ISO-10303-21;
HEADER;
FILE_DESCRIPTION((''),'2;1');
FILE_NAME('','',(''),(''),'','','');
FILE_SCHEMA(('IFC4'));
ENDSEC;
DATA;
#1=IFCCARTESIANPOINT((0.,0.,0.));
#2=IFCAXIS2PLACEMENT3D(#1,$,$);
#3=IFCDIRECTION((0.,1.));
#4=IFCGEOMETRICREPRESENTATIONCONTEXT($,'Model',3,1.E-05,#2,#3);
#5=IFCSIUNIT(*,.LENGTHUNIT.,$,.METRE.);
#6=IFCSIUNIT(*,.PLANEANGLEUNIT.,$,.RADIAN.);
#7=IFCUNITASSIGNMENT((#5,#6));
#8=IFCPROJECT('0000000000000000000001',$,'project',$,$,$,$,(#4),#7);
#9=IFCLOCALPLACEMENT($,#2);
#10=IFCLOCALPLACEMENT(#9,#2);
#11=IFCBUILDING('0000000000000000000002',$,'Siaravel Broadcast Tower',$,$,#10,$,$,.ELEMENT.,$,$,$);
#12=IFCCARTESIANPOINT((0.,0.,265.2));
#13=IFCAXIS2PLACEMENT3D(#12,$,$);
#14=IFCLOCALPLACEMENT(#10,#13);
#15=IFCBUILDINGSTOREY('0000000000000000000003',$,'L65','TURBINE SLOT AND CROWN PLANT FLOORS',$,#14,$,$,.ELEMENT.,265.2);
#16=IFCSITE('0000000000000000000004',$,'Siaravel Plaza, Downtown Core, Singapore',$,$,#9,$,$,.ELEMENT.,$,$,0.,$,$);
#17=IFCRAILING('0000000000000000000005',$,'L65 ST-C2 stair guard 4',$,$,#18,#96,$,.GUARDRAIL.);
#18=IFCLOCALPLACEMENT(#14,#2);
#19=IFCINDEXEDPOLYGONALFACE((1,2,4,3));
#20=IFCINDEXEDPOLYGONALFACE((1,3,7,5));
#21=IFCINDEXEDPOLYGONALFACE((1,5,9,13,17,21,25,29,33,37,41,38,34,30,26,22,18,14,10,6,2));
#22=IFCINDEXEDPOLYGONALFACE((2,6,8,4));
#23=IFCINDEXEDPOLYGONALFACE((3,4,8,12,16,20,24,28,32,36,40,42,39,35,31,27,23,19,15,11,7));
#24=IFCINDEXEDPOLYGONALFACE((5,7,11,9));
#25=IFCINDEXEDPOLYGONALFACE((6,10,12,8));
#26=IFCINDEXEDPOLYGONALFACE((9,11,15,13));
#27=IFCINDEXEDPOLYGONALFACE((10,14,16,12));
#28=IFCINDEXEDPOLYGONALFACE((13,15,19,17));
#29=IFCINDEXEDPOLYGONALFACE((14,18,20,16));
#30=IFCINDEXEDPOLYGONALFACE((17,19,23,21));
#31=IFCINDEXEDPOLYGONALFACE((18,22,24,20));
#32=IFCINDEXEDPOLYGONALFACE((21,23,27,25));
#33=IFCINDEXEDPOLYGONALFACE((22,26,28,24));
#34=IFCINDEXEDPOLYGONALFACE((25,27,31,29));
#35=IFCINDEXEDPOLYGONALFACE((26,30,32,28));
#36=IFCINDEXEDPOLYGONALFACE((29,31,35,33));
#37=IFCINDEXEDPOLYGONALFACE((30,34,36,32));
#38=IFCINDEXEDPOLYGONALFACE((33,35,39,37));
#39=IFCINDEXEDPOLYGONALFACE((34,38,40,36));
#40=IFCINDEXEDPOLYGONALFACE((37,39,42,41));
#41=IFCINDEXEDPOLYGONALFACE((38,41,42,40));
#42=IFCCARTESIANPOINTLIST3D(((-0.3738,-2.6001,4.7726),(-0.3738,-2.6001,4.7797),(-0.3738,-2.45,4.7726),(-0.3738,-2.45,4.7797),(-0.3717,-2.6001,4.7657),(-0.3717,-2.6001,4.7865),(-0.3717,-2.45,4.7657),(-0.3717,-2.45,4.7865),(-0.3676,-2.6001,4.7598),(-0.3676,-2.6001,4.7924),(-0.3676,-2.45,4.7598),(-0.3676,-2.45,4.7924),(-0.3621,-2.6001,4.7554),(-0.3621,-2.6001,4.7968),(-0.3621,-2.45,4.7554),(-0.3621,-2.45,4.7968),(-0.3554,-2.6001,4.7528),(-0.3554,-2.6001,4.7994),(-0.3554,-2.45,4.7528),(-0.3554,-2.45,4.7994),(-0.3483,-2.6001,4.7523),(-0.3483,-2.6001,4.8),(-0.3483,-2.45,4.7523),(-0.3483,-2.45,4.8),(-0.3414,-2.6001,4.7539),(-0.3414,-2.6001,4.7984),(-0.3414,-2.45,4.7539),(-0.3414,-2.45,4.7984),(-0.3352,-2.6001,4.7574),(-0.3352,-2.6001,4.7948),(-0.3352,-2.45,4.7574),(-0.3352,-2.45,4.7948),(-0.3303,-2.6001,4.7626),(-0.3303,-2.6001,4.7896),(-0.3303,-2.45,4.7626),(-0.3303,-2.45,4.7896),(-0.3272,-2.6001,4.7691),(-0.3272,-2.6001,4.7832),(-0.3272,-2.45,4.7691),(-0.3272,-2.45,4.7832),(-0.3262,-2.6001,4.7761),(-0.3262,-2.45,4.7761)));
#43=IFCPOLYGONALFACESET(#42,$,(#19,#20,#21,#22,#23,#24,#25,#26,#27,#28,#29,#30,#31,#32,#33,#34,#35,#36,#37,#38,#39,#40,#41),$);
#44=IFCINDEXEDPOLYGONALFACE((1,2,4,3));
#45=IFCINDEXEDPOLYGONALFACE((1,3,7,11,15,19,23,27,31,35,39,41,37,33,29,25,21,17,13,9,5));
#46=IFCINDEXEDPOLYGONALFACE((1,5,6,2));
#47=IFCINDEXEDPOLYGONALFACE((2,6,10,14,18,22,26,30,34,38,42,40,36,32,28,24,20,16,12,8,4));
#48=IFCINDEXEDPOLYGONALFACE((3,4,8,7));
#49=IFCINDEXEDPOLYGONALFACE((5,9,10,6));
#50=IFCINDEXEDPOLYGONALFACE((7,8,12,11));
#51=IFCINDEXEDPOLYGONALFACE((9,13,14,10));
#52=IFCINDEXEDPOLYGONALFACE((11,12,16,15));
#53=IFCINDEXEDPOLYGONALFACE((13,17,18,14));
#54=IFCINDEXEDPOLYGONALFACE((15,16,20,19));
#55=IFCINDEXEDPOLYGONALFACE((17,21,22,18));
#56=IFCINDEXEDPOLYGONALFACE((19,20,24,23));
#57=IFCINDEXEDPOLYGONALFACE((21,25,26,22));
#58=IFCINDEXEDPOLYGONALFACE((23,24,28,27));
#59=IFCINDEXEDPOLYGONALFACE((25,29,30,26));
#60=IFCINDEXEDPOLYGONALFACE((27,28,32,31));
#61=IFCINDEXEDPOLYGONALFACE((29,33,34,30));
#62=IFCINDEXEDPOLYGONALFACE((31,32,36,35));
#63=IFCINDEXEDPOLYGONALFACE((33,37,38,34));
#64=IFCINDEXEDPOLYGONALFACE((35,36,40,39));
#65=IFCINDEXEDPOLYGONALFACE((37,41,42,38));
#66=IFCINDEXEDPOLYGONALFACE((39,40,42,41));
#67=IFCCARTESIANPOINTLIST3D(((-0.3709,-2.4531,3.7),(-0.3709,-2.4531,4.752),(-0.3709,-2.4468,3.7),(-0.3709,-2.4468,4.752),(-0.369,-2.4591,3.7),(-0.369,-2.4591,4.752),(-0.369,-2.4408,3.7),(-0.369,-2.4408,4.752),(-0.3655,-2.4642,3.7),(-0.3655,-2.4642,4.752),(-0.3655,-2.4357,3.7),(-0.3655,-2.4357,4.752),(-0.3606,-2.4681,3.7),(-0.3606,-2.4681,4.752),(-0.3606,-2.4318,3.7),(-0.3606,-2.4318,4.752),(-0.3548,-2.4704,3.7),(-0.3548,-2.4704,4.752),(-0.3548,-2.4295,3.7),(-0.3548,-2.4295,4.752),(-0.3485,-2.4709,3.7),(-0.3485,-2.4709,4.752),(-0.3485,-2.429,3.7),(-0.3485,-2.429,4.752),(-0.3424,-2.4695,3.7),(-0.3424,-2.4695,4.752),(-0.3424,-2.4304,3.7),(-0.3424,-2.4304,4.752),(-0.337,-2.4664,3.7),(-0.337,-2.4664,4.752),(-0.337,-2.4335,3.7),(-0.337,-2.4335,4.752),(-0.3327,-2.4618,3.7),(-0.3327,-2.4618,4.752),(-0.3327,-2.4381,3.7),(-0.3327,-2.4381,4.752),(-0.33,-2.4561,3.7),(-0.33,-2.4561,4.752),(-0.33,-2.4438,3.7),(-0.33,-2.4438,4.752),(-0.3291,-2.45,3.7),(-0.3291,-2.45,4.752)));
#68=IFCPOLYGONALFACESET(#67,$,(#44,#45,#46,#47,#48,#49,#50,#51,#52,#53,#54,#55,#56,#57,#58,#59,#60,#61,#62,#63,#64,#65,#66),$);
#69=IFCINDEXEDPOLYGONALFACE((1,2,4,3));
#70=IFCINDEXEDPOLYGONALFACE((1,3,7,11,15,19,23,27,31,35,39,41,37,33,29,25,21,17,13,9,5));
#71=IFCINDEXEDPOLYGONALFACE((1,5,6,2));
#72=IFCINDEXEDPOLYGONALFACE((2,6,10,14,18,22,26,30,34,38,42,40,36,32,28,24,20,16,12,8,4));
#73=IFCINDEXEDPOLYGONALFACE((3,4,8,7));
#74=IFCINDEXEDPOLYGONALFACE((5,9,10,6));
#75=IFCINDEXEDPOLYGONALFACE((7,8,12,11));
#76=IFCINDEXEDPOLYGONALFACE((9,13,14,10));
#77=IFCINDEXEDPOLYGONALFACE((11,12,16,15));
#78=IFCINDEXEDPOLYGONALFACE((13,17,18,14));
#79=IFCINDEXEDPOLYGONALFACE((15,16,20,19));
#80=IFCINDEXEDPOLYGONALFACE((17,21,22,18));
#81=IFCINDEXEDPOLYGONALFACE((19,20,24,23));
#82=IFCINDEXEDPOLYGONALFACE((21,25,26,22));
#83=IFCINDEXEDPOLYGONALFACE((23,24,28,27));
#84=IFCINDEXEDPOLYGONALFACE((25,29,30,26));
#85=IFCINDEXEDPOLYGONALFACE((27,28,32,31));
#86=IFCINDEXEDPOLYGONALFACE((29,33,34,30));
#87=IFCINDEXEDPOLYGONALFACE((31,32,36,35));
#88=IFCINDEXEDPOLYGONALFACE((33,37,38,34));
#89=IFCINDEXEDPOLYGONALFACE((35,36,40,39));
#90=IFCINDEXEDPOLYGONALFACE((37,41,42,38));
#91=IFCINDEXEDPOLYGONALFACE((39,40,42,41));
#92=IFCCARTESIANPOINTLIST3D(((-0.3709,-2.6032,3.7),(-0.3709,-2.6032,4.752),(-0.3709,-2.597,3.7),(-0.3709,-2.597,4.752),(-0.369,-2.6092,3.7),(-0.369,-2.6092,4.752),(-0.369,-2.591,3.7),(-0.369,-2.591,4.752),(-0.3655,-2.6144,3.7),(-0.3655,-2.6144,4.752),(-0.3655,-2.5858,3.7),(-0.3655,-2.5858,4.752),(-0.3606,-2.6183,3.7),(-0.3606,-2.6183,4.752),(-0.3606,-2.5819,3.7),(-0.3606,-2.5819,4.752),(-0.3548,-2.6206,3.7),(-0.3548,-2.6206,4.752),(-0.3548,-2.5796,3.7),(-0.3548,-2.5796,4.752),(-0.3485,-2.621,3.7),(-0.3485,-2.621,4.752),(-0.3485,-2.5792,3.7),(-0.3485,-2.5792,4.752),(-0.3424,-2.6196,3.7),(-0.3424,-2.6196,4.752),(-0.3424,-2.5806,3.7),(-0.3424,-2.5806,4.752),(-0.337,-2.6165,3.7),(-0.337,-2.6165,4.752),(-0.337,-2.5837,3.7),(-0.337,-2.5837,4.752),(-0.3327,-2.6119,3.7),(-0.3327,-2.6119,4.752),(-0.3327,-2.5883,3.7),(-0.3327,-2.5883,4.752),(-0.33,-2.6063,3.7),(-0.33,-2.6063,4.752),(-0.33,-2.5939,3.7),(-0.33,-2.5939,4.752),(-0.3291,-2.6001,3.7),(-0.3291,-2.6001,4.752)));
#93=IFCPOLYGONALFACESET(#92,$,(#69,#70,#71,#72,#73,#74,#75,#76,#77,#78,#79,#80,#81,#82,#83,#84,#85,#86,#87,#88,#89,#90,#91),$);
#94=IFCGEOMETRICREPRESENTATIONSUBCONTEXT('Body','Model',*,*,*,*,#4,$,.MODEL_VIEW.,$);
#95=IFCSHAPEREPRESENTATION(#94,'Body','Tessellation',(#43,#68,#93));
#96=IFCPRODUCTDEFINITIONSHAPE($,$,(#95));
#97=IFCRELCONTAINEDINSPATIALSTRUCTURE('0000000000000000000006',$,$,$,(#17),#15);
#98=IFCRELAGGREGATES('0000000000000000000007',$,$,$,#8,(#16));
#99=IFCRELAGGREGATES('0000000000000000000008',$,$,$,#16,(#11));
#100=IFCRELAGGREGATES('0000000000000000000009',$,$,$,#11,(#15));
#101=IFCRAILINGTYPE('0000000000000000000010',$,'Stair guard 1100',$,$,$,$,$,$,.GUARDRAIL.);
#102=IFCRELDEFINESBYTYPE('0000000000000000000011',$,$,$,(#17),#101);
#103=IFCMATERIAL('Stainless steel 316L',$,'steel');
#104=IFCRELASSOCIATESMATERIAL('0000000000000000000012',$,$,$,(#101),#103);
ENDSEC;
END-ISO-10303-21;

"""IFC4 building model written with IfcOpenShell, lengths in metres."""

from ifc_helpers import new_model, si_unit, direction, frame, origin, origin_2d, place, context, subcontext, project, spatial, circle, extrude, material, type_object, element, save


model = new_model("IFC4")

# Units and contexts
model_context = context("Model", 3, precision=1e-05, world=origin(), true_north=direction((0.0, 1.0)))
body_context = subcontext(model_context, "Body", "Model", "MODEL_VIEW")
ifc_project = project(units=[si_unit("LENGTHUNIT", "METRE"), si_unit("PLANEANGLEUNIT", "RADIAN")], contexts=[model_context])

# Site, building, storey
site_placement = place(None, origin())
site = spatial("IfcSite", under=ifc_project, at=site_placement, Name="Siaravel Plaza, Downtown Core, Singapore", CompositionType="ELEMENT", RefElevation=0.0)
building_placement = place(site_placement, origin())
building = spatial("IfcBuilding", under=site, at=building_placement, Name="Siaravel Broadcast Tower", CompositionType="ELEMENT")
storey_placement = place(building_placement, frame((0.0, 0.0, 265.2)))
storey = spatial("IfcBuildingStorey", under=building, at=storey_placement, Name="L65", Description="TURBINE SLOT AND CROWN PLANT FLOORS", CompositionType="ELEMENT", Elevation=265.2)

# Railing
ifc_material_1 = material(Name="Stainless steel 316L", Category="steel")
railing_type_1 = type_object("IfcRailingType", Name="Stair guard 1100", PredefinedType="GUARDRAIL", material=ifc_material_1)
railing_1_placement = place(storey_placement, frame((-0.3501, -2.45, 3.7)))
element("IfcRailing", 1, at=railing_1_placement, inside=storey, type_object=railing_type_1, Name="L65 ST-C2 stair guard 4", PredefinedType="GUARDRAIL", context=body_context, shape_type="SweptSolid", body=[
    extrude(circle(Radius=0.0239, at=origin_2d()), frame((0.0, 0.0, 1.0762), z_axis=(0.0, -1.0, 0.0), x_axis=(1.0, 0.0, 0.0)), (0.0, 0.0, 1.0), 0.1501),
    extrude(circle(Radius=0.021, at=origin_2d()), origin(), (0.0, 0.0, 1.0), 1.052),
    extrude(circle(Radius=0.021, at=origin_2d()), frame((0.0, -0.1501, 0.0)), (0.0, 0.0, 1.0), 1.052),
])

save(model, "model.ifc")
